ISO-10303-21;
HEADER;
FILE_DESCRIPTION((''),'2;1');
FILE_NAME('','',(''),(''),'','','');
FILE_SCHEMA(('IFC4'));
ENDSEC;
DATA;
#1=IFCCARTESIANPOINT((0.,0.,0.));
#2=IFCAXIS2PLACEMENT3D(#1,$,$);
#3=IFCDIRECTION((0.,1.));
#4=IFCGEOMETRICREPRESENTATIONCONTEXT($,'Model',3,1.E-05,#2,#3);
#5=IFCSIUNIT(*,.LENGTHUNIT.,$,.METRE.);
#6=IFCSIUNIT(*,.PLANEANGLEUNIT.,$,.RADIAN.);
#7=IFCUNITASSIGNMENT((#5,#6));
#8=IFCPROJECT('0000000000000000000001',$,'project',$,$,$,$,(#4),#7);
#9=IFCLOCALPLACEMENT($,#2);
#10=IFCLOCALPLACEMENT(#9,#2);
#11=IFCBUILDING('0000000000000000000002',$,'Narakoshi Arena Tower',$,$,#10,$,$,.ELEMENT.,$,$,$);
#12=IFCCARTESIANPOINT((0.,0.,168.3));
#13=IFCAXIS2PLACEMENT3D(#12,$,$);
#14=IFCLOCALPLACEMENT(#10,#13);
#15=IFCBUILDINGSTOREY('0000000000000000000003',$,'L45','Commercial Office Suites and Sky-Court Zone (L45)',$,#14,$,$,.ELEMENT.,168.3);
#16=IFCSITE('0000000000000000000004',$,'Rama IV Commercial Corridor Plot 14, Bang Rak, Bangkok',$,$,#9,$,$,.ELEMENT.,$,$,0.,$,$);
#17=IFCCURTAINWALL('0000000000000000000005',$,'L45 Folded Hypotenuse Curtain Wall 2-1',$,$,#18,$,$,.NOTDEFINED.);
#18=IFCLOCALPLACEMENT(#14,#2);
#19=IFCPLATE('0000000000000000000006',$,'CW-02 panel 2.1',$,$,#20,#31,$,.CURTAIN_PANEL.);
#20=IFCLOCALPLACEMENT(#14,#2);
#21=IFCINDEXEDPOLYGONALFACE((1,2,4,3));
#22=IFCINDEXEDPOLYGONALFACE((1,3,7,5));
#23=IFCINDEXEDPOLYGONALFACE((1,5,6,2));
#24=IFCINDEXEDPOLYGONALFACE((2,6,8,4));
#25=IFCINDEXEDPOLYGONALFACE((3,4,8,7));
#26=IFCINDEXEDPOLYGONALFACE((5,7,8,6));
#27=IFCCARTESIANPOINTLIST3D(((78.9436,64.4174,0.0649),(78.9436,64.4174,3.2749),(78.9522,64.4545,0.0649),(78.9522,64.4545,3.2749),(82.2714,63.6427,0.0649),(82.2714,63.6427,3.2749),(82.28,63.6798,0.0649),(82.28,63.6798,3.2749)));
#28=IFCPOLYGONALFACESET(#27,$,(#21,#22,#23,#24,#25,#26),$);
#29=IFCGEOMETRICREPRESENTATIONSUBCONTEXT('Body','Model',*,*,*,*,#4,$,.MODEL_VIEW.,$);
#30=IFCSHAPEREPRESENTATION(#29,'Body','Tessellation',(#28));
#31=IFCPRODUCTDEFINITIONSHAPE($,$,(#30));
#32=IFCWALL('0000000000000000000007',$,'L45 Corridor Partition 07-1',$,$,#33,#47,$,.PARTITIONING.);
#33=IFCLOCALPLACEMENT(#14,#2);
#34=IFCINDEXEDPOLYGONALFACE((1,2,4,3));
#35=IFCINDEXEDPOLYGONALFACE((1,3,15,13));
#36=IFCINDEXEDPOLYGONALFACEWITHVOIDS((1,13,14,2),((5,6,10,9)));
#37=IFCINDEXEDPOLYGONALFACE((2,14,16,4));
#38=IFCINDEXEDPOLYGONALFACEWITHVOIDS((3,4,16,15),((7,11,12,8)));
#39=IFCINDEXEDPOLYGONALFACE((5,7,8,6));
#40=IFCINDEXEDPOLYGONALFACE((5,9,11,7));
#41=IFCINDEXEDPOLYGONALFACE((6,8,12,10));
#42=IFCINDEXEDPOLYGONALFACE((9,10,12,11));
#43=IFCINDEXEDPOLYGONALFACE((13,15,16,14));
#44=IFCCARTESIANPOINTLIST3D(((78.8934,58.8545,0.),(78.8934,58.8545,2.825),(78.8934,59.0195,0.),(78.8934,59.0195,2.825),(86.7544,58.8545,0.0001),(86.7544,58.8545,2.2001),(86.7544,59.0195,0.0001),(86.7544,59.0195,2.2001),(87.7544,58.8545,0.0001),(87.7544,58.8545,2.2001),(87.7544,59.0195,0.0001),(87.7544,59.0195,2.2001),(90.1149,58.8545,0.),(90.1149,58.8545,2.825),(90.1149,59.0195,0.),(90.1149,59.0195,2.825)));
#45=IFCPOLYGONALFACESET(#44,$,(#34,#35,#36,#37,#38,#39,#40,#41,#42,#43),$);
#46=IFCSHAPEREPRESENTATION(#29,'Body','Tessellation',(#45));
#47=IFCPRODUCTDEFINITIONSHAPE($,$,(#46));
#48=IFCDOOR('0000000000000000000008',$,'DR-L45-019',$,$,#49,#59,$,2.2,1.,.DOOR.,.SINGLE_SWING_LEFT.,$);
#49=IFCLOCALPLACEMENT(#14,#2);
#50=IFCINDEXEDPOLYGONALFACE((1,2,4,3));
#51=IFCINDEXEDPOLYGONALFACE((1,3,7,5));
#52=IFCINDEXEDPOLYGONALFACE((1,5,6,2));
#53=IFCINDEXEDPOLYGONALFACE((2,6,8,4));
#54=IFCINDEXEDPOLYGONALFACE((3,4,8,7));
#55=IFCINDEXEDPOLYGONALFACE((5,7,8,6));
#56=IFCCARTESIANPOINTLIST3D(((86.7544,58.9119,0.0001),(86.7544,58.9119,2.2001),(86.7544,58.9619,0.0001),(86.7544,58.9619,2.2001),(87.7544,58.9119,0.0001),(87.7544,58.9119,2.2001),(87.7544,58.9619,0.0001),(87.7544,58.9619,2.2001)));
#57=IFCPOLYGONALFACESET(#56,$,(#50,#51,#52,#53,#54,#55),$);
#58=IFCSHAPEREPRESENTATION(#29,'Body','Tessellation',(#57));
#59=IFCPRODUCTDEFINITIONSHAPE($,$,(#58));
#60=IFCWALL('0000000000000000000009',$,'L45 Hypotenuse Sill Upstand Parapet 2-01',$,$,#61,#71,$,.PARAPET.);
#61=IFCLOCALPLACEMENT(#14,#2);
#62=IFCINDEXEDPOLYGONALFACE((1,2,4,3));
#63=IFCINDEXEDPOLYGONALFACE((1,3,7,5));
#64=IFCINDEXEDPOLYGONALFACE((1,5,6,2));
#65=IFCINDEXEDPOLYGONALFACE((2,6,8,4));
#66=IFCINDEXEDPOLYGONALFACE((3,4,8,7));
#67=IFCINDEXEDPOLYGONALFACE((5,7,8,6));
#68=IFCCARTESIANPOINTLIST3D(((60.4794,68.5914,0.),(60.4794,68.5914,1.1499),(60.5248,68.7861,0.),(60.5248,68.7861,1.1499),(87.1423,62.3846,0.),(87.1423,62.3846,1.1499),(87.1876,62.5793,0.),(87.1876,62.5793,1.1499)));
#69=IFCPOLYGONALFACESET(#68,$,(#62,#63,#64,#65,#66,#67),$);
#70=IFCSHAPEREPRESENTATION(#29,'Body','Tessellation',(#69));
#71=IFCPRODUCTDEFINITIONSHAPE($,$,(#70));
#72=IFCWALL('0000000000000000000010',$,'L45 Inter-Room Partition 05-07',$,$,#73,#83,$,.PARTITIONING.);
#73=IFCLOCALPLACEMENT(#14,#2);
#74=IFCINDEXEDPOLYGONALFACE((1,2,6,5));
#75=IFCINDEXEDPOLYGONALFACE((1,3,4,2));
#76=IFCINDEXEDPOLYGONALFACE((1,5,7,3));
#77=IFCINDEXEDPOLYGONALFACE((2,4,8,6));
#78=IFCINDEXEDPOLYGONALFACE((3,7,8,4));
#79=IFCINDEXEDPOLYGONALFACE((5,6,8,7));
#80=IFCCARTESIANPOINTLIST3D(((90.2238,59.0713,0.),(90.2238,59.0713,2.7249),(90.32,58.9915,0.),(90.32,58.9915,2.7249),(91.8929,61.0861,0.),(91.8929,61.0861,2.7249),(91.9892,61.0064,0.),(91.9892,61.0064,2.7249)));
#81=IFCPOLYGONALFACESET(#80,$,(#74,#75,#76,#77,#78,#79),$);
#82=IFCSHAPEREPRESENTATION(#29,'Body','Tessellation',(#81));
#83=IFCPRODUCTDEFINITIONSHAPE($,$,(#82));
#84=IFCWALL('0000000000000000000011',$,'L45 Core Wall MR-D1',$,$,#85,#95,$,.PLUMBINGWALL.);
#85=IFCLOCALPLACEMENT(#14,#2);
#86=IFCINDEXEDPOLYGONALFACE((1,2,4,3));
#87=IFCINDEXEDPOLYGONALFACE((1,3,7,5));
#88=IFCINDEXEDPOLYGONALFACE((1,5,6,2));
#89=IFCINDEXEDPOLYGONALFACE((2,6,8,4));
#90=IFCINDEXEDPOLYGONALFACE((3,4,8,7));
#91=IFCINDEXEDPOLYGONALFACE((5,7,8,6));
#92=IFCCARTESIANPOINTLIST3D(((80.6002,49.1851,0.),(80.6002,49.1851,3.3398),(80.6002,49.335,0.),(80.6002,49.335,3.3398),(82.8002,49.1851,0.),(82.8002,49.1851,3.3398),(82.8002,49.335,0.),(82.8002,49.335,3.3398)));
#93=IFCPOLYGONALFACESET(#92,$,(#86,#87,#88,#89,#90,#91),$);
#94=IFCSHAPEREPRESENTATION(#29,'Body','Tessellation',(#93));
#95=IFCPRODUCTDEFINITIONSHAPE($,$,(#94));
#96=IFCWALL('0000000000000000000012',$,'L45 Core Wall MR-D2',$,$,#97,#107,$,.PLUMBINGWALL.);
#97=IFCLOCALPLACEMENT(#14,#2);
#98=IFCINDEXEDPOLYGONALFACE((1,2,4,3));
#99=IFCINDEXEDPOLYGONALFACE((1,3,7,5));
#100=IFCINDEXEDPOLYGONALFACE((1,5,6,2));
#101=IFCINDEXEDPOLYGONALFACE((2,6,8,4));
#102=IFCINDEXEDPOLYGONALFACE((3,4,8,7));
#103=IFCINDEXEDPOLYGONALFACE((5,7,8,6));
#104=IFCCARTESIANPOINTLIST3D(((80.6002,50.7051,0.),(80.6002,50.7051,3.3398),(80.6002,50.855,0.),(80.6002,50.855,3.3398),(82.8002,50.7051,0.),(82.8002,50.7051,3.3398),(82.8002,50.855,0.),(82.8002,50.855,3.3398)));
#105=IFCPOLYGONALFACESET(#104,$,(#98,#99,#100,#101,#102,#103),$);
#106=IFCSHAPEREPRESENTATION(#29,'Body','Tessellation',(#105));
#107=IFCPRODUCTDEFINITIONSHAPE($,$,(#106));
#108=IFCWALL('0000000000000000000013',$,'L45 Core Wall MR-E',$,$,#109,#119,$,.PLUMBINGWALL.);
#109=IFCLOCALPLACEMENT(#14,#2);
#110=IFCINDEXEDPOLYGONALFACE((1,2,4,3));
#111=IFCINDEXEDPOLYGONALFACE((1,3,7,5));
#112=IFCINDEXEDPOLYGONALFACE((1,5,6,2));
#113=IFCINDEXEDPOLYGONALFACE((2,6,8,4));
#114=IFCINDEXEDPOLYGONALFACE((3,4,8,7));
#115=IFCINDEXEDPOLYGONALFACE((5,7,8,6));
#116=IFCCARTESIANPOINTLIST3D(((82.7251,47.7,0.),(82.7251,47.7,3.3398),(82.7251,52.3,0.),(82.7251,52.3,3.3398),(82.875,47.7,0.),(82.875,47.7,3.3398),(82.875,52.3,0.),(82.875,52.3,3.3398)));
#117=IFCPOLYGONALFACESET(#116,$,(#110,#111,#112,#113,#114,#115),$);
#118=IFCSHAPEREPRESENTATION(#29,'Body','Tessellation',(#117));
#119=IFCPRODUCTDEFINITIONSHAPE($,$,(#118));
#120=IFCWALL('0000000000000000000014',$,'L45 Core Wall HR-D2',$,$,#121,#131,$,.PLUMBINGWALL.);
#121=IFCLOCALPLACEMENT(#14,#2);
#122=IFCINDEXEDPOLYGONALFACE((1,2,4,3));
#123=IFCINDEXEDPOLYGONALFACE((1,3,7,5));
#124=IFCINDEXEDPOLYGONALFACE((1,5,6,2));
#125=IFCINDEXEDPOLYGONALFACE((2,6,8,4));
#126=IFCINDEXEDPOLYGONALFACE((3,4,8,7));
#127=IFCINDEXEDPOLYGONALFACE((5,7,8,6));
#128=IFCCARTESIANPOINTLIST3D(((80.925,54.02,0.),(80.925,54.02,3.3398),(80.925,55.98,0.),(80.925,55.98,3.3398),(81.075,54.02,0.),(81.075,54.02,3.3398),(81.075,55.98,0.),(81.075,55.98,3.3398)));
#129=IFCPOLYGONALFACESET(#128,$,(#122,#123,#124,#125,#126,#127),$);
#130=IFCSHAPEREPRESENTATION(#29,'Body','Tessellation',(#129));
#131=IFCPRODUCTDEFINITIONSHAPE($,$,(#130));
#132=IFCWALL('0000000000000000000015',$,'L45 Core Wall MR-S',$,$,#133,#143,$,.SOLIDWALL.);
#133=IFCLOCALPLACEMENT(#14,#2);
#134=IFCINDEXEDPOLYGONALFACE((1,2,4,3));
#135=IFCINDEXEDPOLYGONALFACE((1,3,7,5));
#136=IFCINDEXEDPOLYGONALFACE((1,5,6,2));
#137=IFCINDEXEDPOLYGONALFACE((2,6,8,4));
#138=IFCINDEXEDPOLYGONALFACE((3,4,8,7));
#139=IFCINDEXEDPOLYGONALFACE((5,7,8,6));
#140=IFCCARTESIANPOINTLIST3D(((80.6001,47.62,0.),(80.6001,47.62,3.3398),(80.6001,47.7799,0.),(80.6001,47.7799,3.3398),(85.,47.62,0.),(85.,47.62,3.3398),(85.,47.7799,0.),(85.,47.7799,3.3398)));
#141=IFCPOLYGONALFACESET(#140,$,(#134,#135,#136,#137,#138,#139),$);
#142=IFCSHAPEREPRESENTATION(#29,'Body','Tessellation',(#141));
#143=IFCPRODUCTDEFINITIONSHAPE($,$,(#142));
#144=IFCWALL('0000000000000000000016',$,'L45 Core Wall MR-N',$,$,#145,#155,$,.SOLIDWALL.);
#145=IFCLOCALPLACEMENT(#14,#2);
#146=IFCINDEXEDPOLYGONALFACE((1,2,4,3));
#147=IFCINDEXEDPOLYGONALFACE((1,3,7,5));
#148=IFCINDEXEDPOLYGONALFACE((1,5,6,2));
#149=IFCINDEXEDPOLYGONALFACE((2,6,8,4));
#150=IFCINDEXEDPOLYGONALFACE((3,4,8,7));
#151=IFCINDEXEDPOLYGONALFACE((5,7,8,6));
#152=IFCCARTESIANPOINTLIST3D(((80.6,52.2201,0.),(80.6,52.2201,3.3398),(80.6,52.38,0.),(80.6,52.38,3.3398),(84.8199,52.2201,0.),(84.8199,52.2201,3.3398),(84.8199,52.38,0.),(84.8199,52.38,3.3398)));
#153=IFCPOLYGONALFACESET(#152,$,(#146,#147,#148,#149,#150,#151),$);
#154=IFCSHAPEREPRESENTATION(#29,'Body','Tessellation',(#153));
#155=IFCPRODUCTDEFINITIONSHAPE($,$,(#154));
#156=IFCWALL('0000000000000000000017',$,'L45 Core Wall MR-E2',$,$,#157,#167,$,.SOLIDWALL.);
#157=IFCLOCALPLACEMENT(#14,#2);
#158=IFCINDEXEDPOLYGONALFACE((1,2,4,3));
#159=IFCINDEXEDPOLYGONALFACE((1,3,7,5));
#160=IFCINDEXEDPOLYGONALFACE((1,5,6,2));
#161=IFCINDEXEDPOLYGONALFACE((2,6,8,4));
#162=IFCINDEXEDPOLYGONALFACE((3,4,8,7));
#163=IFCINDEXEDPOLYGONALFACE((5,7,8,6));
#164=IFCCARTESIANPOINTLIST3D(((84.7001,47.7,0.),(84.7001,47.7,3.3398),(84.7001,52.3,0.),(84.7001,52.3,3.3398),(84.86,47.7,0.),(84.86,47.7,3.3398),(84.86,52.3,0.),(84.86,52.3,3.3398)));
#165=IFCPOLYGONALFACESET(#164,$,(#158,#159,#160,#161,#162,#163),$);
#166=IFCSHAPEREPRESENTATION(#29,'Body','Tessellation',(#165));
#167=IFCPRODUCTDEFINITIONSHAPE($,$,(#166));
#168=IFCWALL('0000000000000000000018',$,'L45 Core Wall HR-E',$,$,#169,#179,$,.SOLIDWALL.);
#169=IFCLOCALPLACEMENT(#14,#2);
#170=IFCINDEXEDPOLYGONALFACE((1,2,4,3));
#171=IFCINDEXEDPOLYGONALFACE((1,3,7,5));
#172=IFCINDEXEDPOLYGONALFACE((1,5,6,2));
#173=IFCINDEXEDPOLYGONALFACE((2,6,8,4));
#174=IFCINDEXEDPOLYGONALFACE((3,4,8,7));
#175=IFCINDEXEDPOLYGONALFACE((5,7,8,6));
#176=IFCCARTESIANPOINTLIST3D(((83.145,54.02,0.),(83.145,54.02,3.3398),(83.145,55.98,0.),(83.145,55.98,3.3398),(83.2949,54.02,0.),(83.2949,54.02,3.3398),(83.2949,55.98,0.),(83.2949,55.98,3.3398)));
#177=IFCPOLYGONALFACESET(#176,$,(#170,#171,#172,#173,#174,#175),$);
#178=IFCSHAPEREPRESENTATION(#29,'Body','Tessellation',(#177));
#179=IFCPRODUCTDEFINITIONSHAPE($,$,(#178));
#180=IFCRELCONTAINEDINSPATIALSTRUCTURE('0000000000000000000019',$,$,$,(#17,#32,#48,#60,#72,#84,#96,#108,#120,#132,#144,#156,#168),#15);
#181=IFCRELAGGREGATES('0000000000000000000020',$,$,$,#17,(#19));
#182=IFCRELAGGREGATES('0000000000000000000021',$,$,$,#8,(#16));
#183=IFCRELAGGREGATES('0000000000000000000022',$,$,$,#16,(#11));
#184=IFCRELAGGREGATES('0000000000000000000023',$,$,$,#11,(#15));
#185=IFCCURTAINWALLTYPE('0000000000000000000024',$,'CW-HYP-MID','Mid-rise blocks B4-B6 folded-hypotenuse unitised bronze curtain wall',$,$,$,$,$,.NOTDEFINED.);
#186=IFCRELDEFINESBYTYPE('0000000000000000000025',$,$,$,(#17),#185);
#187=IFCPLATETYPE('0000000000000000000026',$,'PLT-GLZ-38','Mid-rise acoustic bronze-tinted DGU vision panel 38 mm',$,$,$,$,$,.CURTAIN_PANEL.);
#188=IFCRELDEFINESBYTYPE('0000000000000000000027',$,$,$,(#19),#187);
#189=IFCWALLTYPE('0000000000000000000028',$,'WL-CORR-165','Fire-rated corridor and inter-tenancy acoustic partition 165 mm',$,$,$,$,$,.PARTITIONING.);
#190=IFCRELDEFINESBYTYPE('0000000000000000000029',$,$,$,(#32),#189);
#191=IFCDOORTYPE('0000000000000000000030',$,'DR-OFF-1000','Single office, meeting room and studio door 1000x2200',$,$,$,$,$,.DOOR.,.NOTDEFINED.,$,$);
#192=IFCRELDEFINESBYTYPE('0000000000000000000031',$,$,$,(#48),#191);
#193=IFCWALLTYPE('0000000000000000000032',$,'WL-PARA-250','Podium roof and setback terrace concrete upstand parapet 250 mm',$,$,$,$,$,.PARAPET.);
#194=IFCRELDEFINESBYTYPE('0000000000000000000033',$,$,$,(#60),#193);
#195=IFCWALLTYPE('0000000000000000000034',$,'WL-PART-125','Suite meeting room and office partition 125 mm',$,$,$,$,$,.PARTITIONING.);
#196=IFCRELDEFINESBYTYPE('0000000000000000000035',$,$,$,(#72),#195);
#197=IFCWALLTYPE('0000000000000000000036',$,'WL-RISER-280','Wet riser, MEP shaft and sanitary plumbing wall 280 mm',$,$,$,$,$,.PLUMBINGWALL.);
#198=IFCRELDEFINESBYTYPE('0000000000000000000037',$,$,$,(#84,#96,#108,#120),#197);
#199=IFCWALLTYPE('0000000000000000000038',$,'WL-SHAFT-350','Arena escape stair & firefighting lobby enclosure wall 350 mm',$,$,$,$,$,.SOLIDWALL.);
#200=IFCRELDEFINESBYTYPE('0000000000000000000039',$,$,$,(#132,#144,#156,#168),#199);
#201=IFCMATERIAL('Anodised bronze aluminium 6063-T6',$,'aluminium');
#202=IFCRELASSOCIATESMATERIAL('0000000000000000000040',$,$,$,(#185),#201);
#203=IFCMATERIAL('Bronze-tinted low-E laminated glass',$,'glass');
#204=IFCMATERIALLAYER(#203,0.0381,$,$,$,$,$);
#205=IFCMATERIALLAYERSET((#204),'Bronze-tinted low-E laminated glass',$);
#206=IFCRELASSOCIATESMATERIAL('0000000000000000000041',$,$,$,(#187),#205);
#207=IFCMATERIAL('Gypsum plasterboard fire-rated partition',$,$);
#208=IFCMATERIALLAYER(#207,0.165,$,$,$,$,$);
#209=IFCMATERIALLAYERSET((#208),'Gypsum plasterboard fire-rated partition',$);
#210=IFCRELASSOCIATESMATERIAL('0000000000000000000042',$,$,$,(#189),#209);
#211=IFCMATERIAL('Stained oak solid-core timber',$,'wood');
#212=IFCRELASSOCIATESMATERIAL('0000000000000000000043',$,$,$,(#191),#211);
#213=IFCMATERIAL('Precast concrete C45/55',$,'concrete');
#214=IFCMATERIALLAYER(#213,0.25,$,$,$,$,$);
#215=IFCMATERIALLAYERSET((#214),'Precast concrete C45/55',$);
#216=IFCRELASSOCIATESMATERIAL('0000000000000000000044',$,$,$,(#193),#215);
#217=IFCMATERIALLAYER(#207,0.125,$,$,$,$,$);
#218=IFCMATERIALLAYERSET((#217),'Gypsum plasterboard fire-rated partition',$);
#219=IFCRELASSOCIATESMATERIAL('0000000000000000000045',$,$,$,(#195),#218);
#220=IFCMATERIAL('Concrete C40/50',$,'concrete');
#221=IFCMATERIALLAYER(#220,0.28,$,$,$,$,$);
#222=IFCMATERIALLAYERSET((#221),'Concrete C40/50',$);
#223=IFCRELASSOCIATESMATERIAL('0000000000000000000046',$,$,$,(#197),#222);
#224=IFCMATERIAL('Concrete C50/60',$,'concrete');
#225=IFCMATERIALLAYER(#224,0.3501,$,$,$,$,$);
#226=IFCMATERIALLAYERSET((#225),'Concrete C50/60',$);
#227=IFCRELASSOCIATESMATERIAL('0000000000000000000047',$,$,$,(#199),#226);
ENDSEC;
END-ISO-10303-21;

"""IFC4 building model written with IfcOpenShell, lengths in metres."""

from ifc_helpers import new_model, si_unit, direction, frame, frame_2d, origin, origin_2d, place, context, subcontext, project, spatial, rectangle, extrude, material, layer, layer_set, type_object, element, fill, aggregate, save


model = new_model("IFC4")

# Units and contexts
model_context = context("Model", 3, precision=1e-05, world=origin(), true_north=direction((0.0, 1.0)))
body_context = subcontext(model_context, "Body", "Model", "MODEL_VIEW")
ifc_project = project(units=[si_unit("LENGTHUNIT", "METRE"), si_unit("PLANEANGLEUNIT", "RADIAN")], contexts=[model_context])

# Site, building, storey
site_placement = place(None, origin())
site = spatial("IfcSite", under=ifc_project, at=site_placement, Name="Rama IV Commercial Corridor Plot 14, Bang Rak, Bangkok", CompositionType="ELEMENT", RefElevation=0.0)
building_placement = place(site_placement, origin())
building = spatial("IfcBuilding", under=site, at=building_placement, Name="Narakoshi Arena Tower", CompositionType="ELEMENT")
storey_placement = place(building_placement, frame((0.0, 0.0, 168.3)))
storey = spatial("IfcBuildingStorey", under=building, at=storey_placement, Name="L45", Description="Commercial Office Suites and Sky-Court Zone (L45)", CompositionType="ELEMENT", Elevation=168.3)

# Shared definitions
ifc_material_1 = material(Name="Concrete C50/60", Category="concrete")

# Shared definitions
ifc_material_2 = material(Name="Anodised bronze aluminium 6063-T6", Category="aluminium")
curtain_wall_type = type_object("IfcCurtainWallType", Name="CW-HYP-MID", Description="Mid-rise blocks B4-B6 folded-hypotenuse unitised bronze curtain wall", PredefinedType="NOTDEFINED", material=ifc_material_2)

# Curtain wall, plate
curtain_wall_1_placement = place(storey_placement, origin())
curtain_wall_1 = element("IfcCurtainWall", 1, at=curtain_wall_1_placement, inside=storey, type_object=curtain_wall_type, Name="L45 Folded Hypotenuse Curtain Wall 2-1", PredefinedType="NOTDEFINED")
ifc_material_3 = material(Name="Bronze-tinted low-E laminated glass", Category="glass")
ifc_layer_1 = layer(ifc_material_3, 0.0381)
ifc_layer_set_1 = layer_set([ifc_layer_1], Name="Bronze-tinted low-E laminated glass")
plate_type = type_object("IfcPlateType", Name="PLT-GLZ-38", Description="Mid-rise acoustic bronze-tinted DGU vision panel 38 mm", PredefinedType="CURTAIN_PANEL", material=ifc_layer_set_1)
plate_1_placement = place(storey_placement, frame((80.6118, 64.0486, 0.0649), z_axis=(0.0, 0.0, 1.0), x_axis=(-0.97396, 0.226721, 0.0)))
plate_1 = element("IfcPlate", 2, at=plate_1_placement, type_object=plate_type, Name="CW-02 panel 2.1", PredefinedType="CURTAIN_PANEL", context=body_context, shape_type="SweptSolid", body=[
    extrude(rectangle(XDim=3.4167, YDim=0.0381, at=origin_2d()), origin(), (0.0, 0.0, 1.0), 3.21),
])
aggregate(curtain_wall_1, [plate_1])

# Wall, opening, door
ifc_material_4 = material(Name="Gypsum plasterboard fire-rated partition")
ifc_layer_2 = layer(ifc_material_4, 0.165)
ifc_layer_set_2 = layer_set([ifc_layer_2], Name="Gypsum plasterboard fire-rated partition")
wall_type_1 = type_object("IfcWallType", Name="WL-CORR-165", Description="Fire-rated corridor and inter-tenancy acoustic partition 165 mm", PredefinedType="PARTITIONING", material=ifc_layer_set_2)
wall_1_placement = place(storey_placement, frame((90.115, 58.937, 0.0), z_axis=(0.0, 0.0, 1.0), x_axis=(-1.0, 0.0, 0.0)))
wall_1 = element("IfcWall", 3, at=wall_1_placement, inside=storey, type_object=wall_type_1, Name="L45 Corridor Partition 07-1", PredefinedType="PARTITIONING", context=body_context, shape_type="SweptSolid", body=[
    extrude(rectangle(XDim=11.2214, YDim=0.165, at=frame_2d((5.6108, 0.0))), origin(), (0.0, 0.0, 1.0), 2.825),
])
opening_placement = place(wall_1_placement, frame((2.3606, 0.0, 0.0)))
opening = element("IfcOpeningElement", 4, at=opening_placement, cuts=wall_1, PredefinedType="OPENING", context=body_context, shape_type="SweptSolid", body=[
    extrude(rectangle(XDim=1.0, YDim=2.2, at=frame_2d((0.5, 1.1001))), frame((0.0, 0.0925, 0.0), z_axis=(0.0, -1.0, 0.0), x_axis=(1.0, 0.0, 0.0)), (0.0, 0.0, 1.0), 0.1851),
])
ifc_material_5 = material(Name="Stained oak solid-core timber", Category="wood")
door_type = type_object("IfcDoorType", Name="DR-OFF-1000", Description="Single office, meeting room and studio door 1000x2200", OperationType="NOTDEFINED", PredefinedType="DOOR", material=ifc_material_5)
door_placement = place(opening_placement, frame((1.0, 0.0, 0.0), z_axis=(0.0, 0.0, 1.0), x_axis=(-1.0, 0.0, 0.0)))
door = element("IfcDoor", 5, at=door_placement, inside=storey, type_object=door_type, Name="DR-L45-019", OperationType="SINGLE_SWING_LEFT", OverallHeight=2.2, OverallWidth=1.0, PredefinedType="DOOR", context=body_context, shape_type="SweptSolid", body=[
    extrude(rectangle(XDim=1.0, YDim=2.2, at=frame_2d((0.5, 1.1001))), frame((0.0, 0.0249, 0.0), z_axis=(0.0, -1.0, 0.0), x_axis=(1.0, 0.0, 0.0)), (0.0, 0.0, 1.0), 0.05),
])
fill(opening, door)

# Walls
ifc_material_6 = material(Name="Precast concrete C45/55", Category="concrete")
ifc_layer_3 = layer(ifc_material_6, 0.25)
ifc_layer_set_3 = layer_set([ifc_layer_3], Name="Precast concrete C45/55")
wall_type_2 = type_object("IfcWallType", Name="WL-PARA-250", Description="Podium roof and setback terrace concrete upstand parapet 250 mm", PredefinedType="PARAPET", material=ifc_layer_set_3)
wall_2_placement = place(storey_placement, frame((87.165, 62.4819, 0.0), z_axis=(0.0, 0.0, 1.0), x_axis=(-0.973959, 0.226726, 0.0)))
element("IfcWall", 6, at=wall_2_placement, inside=storey, type_object=wall_type_2, Name="L45 Hypotenuse Sill Upstand Parapet 2-01", PredefinedType="PARAPET", context=body_context, shape_type="SweptSolid", body=[
    extrude(rectangle(XDim=27.3757, YDim=0.2, at=frame_2d((13.688, 0.0))), origin(), (0.0, 0.0, 1.0), 1.1499),
])
ifc_layer_4 = layer(ifc_material_4, 0.125)
ifc_layer_set_4 = layer_set([ifc_layer_4], Name="Gypsum plasterboard fire-rated partition")
wall_type_3 = type_object("IfcWallType", Name="WL-PART-125", Description="Suite meeting room and office partition 125 mm", PredefinedType="PARTITIONING", material=ifc_layer_set_4)
wall_3_placement = place(storey_placement, frame((90.272, 59.0315, 0.0), z_axis=(0.0, 0.0, 1.0), x_axis=(0.637951, 0.770077, 0.0)))
element("IfcWall", 7, at=wall_3_placement, inside=storey, type_object=wall_type_3, Name="L45 Inter-Room Partition 05-07", PredefinedType="PARTITIONING", context=body_context, shape_type="SweptSolid", body=[
    extrude(rectangle(XDim=2.6165, YDim=0.125, at=frame_2d((1.3081, 0.0))), origin(), (0.0, 0.0, 1.0), 2.7249),
])
ifc_material_7 = material(Name="Concrete C40/50", Category="concrete")
ifc_layer_5 = layer(ifc_material_7, 0.28)
ifc_layer_set_5 = layer_set([ifc_layer_5], Name="Concrete C40/50")
wall_type_4 = type_object("IfcWallType", Name="WL-RISER-280", Description="Wet riser, MEP shaft and sanitary plumbing wall 280 mm", PredefinedType="PLUMBINGWALL", material=ifc_layer_set_5)
for number, where, z_axis, x_axis, name in (
    (8, (80.6001, 49.26, 0.0), (0.0, 0.0, 1.0), (1.0, 0.0, 0.0), "L45 Core Wall MR-D1"),
    (9, (80.6001, 50.78, 0.0), (0.0, 0.0, 1.0), (1.0, 0.0, 0.0), "L45 Core Wall MR-D2"),
):
    element("IfcWall", number, at=place(storey_placement, frame(where, z_axis=z_axis, x_axis=x_axis)), inside=storey, type_object=wall_type_4, Name=name, PredefinedType="PLUMBINGWALL", context=body_context, shape_type="SweptSolid", body=[
        extrude(rectangle(XDim=2.2, YDim=0.1499, at=frame_2d((1.1001, 0.0))), origin(), (0.0, 0.0, 1.0), 3.3398),
    ])
wall_4_placement = place(storey_placement, frame((82.8, 47.7, 0.0), z_axis=(0.0, 0.0, 1.0), x_axis=(0.0, 1.0, 0.0)))
element("IfcWall", 10, at=wall_4_placement, inside=storey, type_object=wall_type_4, Name="L45 Core Wall MR-E", PredefinedType="PLUMBINGWALL", context=body_context, shape_type="SweptSolid", body=[
    extrude(rectangle(XDim=4.6001, YDim=0.1499, at=frame_2d((2.3, 0.0))), origin(), (0.0, 0.0, 1.0), 3.3398),
])
wall_5_placement = place(storey_placement, frame((81.0, 54.02, 0.0), z_axis=(0.0, 0.0, 1.0), x_axis=(0.0, 1.0, 0.0)))
element("IfcWall", 11, at=wall_5_placement, inside=storey, type_object=wall_type_4, Name="L45 Core Wall HR-D2", PredefinedType="PLUMBINGWALL", context=body_context, shape_type="SweptSolid", body=[
    extrude(rectangle(XDim=1.96, YDim=0.1499, at=frame_2d((0.98, 0.0))), origin(), (0.0, 0.0, 1.0), 3.3398),
])
ifc_layer_6 = layer(ifc_material_1, 0.3501)
ifc_layer_set_6 = layer_set([ifc_layer_6], Name="Concrete C50/60")
wall_type_5 = type_object("IfcWallType", Name="WL-SHAFT-350", Description="Arena escape stair & firefighting lobby enclosure wall 350 mm", PredefinedType="SOLIDWALL", material=ifc_layer_set_6)
wall_6_placement = place(storey_placement, frame((80.6001, 47.7, 0.0), z_axis=(0.0, 0.0, 1.0), x_axis=(1.0, 0.0, 0.0)))
element("IfcWall", 12, at=wall_6_placement, inside=storey, type_object=wall_type_5, Name="L45 Core Wall MR-S", PredefinedType="SOLIDWALL", context=body_context, shape_type="SweptSolid", body=[
    extrude(rectangle(XDim=4.3999, YDim=0.1599, at=frame_2d((2.2, 0.0))), origin(), (0.0, 0.0, 1.0), 3.3398),
])
wall_7_placement = place(storey_placement, frame((80.6001, 52.3, 0.0), z_axis=(0.0, 0.0, 1.0), x_axis=(1.0, 0.0, 0.0)))
element("IfcWall", 13, at=wall_7_placement, inside=storey, type_object=wall_type_5, Name="L45 Core Wall MR-N", PredefinedType="SOLIDWALL", context=body_context, shape_type="SweptSolid", body=[
    extrude(rectangle(XDim=4.22, YDim=0.1599, at=frame_2d((2.1099, 0.0))), origin(), (0.0, 0.0, 1.0), 3.3398),
])
wall_8_placement = place(storey_placement, frame((84.78, 47.7, 0.0), z_axis=(0.0, 0.0, 1.0), x_axis=(0.0, 1.0, 0.0)))
element("IfcWall", 14, at=wall_8_placement, inside=storey, type_object=wall_type_5, Name="L45 Core Wall MR-E2", PredefinedType="SOLIDWALL", context=body_context, shape_type="SweptSolid", body=[
    extrude(rectangle(XDim=4.6001, YDim=0.1599, at=frame_2d((2.3, 0.0))), origin(), (0.0, 0.0, 1.0), 3.3398),
])
wall_9_placement = place(storey_placement, frame((83.22, 54.02, 0.0), z_axis=(0.0, 0.0, 1.0), x_axis=(0.0, 1.0, 0.0)))
element("IfcWall", 15, at=wall_9_placement, inside=storey, type_object=wall_type_5, Name="L45 Core Wall HR-E", PredefinedType="SOLIDWALL", context=body_context, shape_type="SweptSolid", body=[
    extrude(rectangle(XDim=1.96, YDim=0.1499, at=frame_2d((0.98, 0.0))), origin(), (0.0, 0.0, 1.0), 3.3398),
])

save(model, "model.ifc")
